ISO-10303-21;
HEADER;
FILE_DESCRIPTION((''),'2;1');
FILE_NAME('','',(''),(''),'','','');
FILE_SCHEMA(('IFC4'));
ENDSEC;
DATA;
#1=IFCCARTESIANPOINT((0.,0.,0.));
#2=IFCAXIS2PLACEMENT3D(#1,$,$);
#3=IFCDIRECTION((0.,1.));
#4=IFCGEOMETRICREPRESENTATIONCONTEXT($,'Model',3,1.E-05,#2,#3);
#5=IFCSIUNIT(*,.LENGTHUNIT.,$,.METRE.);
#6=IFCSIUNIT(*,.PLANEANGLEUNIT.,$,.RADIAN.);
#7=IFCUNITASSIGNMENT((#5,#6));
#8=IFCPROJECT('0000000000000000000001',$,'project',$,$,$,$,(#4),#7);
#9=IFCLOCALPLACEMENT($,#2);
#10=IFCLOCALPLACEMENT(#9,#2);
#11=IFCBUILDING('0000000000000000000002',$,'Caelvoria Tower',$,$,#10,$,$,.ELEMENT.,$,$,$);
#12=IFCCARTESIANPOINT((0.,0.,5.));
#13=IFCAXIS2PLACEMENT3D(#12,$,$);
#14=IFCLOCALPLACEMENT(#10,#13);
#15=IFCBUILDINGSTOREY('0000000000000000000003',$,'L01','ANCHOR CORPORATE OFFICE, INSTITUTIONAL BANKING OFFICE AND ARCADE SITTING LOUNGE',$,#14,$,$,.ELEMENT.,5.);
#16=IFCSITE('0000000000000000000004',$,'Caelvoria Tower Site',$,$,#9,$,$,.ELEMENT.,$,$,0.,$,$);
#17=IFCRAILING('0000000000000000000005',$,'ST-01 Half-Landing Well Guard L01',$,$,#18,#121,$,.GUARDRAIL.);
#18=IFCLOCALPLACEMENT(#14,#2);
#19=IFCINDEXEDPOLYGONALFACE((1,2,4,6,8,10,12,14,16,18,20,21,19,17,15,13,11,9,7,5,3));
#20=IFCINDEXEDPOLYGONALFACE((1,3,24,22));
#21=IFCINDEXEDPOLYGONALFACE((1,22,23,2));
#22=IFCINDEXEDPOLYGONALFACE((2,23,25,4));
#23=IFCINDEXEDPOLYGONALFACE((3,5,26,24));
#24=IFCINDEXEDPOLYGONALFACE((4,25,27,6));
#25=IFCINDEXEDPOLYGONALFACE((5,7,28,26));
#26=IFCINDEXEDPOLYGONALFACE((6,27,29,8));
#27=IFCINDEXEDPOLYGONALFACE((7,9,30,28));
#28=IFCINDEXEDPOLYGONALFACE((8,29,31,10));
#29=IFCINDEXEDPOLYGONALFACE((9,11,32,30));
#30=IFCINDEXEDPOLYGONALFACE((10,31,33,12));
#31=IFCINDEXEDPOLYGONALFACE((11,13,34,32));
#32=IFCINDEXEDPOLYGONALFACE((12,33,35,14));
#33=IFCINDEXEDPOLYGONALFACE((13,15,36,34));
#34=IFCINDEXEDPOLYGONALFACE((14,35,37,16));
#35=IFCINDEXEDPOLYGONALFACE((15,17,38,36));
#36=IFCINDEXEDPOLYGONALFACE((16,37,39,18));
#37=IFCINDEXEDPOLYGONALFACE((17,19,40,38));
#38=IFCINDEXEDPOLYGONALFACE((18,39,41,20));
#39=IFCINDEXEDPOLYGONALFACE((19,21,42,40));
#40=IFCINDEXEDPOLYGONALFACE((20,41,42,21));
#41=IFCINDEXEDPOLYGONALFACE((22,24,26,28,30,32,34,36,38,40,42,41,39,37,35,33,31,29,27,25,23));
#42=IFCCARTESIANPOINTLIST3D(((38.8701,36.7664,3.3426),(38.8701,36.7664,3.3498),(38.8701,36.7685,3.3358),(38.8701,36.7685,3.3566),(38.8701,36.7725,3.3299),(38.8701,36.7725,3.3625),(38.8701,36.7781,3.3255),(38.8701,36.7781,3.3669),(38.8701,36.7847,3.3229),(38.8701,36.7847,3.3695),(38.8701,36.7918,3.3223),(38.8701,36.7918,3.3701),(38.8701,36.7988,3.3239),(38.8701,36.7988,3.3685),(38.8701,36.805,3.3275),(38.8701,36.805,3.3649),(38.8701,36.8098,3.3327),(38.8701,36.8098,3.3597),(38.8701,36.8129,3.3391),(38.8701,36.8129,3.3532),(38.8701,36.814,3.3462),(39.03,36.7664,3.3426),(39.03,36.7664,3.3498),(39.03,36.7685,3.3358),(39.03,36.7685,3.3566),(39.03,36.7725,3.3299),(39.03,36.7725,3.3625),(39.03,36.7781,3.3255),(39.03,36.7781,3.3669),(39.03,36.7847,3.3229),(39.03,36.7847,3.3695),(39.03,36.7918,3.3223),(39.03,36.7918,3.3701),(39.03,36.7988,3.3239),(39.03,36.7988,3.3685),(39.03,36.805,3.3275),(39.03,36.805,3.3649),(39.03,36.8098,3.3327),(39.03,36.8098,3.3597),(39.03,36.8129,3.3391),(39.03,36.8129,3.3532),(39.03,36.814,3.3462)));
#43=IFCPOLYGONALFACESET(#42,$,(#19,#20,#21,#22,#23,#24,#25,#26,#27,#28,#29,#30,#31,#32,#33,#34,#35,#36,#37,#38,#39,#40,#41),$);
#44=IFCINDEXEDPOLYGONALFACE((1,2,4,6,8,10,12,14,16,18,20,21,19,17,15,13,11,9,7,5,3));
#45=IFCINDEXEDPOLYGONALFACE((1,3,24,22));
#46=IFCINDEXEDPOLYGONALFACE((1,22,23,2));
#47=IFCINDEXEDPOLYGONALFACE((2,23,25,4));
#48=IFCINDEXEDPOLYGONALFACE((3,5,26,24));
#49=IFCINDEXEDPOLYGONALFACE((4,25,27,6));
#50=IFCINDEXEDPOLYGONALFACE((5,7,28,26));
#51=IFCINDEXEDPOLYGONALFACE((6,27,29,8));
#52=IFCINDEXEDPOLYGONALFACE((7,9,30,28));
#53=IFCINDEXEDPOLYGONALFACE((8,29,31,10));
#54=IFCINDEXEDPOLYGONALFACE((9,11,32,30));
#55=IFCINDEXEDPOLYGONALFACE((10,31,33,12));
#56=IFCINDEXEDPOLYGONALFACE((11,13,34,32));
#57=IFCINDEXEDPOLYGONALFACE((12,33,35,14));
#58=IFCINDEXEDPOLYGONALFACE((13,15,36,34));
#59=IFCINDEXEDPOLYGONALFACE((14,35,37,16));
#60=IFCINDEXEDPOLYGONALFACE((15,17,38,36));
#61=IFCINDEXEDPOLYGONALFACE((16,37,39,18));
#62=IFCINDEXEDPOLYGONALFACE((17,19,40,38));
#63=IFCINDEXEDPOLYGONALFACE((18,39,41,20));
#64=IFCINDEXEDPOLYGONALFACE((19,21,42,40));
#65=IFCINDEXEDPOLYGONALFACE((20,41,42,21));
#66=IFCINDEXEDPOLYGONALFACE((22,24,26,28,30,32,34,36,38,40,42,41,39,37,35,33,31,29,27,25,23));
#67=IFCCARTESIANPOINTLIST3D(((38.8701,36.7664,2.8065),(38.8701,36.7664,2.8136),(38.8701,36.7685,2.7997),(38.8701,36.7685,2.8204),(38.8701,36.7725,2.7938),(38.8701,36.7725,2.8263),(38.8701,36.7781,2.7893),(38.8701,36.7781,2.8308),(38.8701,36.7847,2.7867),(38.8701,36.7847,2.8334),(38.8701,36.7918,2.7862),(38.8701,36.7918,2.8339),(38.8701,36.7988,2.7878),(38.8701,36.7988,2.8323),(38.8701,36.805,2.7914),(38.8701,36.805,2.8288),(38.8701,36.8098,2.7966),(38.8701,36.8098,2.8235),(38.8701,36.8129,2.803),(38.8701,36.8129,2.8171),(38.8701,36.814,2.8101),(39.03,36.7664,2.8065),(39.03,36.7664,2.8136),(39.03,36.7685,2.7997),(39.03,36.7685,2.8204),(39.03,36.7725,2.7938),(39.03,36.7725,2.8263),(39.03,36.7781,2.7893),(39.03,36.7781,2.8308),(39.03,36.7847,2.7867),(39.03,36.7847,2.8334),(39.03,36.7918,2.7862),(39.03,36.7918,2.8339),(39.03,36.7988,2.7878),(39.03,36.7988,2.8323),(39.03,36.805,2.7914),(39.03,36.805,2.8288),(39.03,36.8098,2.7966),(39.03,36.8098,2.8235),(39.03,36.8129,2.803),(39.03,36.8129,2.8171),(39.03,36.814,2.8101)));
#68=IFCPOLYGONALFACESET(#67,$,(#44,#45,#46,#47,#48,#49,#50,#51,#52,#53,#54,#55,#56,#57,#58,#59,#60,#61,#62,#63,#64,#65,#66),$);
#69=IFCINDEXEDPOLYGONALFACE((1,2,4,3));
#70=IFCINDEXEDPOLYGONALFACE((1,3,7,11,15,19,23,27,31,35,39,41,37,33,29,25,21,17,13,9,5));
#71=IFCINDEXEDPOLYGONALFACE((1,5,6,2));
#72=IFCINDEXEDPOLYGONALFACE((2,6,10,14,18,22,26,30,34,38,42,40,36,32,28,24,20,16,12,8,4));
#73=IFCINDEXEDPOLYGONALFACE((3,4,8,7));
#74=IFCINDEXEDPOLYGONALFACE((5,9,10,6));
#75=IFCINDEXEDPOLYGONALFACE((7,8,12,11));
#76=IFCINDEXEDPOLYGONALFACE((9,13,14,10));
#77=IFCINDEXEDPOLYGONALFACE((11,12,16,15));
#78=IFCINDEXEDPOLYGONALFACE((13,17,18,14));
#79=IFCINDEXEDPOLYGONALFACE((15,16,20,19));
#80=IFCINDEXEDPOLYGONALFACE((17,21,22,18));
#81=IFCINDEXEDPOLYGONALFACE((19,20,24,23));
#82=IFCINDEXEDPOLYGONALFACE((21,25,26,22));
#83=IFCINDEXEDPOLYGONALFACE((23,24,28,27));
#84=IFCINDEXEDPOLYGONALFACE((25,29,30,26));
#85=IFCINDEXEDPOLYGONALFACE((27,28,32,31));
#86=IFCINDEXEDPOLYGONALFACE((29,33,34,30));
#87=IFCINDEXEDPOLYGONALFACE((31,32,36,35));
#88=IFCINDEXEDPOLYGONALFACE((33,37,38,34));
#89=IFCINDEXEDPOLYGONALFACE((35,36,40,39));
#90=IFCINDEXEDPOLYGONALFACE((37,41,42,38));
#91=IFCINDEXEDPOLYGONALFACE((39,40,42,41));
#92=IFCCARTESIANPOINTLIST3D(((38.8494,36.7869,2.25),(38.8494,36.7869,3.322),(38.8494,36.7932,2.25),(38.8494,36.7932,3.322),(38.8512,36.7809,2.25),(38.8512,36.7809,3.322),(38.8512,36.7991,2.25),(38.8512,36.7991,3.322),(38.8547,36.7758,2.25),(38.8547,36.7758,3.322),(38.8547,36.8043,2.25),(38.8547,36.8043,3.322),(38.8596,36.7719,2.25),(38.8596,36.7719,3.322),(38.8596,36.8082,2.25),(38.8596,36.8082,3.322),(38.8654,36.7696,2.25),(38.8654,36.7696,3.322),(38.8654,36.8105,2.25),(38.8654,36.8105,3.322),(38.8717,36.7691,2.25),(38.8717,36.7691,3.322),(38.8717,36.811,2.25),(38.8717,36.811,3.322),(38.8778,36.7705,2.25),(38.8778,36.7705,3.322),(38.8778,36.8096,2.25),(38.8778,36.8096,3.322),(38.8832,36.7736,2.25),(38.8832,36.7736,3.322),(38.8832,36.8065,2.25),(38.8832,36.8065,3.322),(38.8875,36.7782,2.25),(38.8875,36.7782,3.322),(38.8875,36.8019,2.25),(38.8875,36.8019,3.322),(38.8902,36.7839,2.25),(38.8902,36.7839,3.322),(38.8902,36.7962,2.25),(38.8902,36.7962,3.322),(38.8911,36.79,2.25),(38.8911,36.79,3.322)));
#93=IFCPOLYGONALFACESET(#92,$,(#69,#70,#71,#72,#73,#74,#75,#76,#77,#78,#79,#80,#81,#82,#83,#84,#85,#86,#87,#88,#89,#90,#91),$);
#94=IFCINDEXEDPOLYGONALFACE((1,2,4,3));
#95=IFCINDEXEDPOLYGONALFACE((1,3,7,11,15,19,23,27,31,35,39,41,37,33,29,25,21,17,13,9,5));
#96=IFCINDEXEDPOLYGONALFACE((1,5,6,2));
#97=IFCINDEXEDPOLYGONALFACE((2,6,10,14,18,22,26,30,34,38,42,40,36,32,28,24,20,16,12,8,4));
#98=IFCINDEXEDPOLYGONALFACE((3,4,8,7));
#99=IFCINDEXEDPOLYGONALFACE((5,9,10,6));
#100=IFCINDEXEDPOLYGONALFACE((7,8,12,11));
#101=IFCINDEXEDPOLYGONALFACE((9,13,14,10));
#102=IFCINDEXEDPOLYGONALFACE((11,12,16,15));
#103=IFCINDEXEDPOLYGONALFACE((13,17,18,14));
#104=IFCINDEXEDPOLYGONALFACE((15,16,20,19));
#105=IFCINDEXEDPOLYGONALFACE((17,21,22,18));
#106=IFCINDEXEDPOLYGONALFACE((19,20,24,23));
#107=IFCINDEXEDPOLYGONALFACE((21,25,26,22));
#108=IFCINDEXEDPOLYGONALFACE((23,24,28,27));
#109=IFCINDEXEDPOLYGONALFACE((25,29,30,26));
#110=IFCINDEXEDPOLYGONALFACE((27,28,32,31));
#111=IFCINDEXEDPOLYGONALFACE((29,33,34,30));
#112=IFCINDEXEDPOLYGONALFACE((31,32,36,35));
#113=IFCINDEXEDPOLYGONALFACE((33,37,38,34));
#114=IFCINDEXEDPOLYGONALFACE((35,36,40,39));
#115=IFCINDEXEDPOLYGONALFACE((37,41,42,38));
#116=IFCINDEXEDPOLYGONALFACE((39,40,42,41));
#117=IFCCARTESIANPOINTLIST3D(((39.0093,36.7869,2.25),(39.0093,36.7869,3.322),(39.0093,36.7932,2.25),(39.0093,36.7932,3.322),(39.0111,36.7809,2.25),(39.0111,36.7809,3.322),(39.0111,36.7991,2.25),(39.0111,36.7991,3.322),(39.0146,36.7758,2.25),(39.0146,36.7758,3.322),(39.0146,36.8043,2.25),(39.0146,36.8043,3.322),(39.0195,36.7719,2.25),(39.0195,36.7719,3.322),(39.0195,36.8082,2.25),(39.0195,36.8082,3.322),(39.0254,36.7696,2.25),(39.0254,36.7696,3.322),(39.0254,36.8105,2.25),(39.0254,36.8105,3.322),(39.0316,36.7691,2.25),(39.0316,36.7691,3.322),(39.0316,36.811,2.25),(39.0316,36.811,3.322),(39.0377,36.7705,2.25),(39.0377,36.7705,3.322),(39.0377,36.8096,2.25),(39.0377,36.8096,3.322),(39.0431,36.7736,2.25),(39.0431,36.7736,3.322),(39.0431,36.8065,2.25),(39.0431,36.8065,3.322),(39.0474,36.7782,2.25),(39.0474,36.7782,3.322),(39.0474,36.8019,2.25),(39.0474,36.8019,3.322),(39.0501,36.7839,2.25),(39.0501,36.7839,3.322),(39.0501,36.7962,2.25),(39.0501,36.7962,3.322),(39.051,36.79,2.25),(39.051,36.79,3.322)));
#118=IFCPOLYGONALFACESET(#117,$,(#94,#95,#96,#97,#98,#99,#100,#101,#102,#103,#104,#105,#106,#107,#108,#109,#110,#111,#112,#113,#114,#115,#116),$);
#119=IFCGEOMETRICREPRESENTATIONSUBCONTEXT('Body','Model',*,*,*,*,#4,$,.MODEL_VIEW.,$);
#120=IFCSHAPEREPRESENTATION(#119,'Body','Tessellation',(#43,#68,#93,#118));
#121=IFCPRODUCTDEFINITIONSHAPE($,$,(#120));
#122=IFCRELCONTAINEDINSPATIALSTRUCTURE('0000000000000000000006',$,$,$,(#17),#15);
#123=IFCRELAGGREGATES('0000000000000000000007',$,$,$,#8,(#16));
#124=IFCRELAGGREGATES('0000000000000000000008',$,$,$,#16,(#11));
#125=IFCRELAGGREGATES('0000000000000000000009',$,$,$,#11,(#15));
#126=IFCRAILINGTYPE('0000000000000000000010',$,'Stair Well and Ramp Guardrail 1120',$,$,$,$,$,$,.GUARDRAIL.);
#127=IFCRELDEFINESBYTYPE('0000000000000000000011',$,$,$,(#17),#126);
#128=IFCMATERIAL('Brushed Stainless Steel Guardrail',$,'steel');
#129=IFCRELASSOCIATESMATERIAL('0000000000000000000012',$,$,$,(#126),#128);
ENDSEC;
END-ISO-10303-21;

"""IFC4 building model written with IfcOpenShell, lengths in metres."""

from ifc_helpers import new_model, si_unit, direction, frame, origin, origin_2d, place, context, subcontext, project, spatial, circle, extrude, material, type_object, element, save


model = new_model("IFC4")

# Units and contexts
model_context = context("Model", 3, precision=1e-05, world=origin(), true_north=direction((0.0, 1.0)))
body_context = subcontext(model_context, "Body", "Model", "MODEL_VIEW")
ifc_project = project(units=[si_unit("LENGTHUNIT", "METRE"), si_unit("PLANEANGLEUNIT", "RADIAN")], contexts=[model_context])

# Site, building, storey
site_placement = place(None, origin())
site = spatial("IfcSite", under=ifc_project, at=site_placement, Name="Caelvoria Tower Site", CompositionType="ELEMENT", RefElevation=0.0)
building_placement = place(site_placement, origin())
building = spatial("IfcBuilding", under=site, at=building_placement, Name="Caelvoria Tower", CompositionType="ELEMENT")
storey_placement = place(building_placement, frame((0.0, 0.0, 5.0)))
storey = spatial("IfcBuildingStorey", under=building, at=storey_placement, Name="L01", Description="ANCHOR CORPORATE OFFICE, INSTITUTIONAL BANKING OFFICE AND ARCADE SITTING LOUNGE", CompositionType="ELEMENT", Elevation=5.0)

# Railing
ifc_material_1 = material(Name="Brushed Stainless Steel Guardrail", Category="steel")
railing_type_1 = type_object("IfcRailingType", Name="Stair Well and Ramp Guardrail 1120", PredefinedType="GUARDRAIL", material=ifc_material_1)
railing_1_placement = place(storey_placement, frame((38.8701, 36.79, 2.25)))
element("IfcRailing", 1, at=railing_1_placement, inside=storey, type_object=railing_type_1, Name="ST-01 Half-Landing Well Guard L01", PredefinedType="GUARDRAIL", context=body_context, shape_type="SweptSolid", body=[
    extrude(circle(Radius=0.0239, at=origin_2d()), frame((0.0, 0.0, 1.0962), z_axis=(1.0, 0.0, 0.0), x_axis=(0.0, 1.0, 0.0)), (0.0, 0.0, 1.0), 0.1599),
    extrude(circle(Radius=0.0239, at=origin_2d()), frame((0.0, 0.0, 0.5601), z_axis=(1.0, 0.0, 0.0), x_axis=(0.0, 1.0, 0.0)), (0.0, 0.0, 1.0), 0.1599),
    extrude(circle(Radius=0.021, at=origin_2d()), origin(), (0.0, 0.0, 1.0), 1.072),
    extrude(circle(Radius=0.021, at=origin_2d()), frame((0.1599, 0.0, 0.0)), (0.0, 0.0, 1.0), 1.072),
])

save(model, "model.ifc")
